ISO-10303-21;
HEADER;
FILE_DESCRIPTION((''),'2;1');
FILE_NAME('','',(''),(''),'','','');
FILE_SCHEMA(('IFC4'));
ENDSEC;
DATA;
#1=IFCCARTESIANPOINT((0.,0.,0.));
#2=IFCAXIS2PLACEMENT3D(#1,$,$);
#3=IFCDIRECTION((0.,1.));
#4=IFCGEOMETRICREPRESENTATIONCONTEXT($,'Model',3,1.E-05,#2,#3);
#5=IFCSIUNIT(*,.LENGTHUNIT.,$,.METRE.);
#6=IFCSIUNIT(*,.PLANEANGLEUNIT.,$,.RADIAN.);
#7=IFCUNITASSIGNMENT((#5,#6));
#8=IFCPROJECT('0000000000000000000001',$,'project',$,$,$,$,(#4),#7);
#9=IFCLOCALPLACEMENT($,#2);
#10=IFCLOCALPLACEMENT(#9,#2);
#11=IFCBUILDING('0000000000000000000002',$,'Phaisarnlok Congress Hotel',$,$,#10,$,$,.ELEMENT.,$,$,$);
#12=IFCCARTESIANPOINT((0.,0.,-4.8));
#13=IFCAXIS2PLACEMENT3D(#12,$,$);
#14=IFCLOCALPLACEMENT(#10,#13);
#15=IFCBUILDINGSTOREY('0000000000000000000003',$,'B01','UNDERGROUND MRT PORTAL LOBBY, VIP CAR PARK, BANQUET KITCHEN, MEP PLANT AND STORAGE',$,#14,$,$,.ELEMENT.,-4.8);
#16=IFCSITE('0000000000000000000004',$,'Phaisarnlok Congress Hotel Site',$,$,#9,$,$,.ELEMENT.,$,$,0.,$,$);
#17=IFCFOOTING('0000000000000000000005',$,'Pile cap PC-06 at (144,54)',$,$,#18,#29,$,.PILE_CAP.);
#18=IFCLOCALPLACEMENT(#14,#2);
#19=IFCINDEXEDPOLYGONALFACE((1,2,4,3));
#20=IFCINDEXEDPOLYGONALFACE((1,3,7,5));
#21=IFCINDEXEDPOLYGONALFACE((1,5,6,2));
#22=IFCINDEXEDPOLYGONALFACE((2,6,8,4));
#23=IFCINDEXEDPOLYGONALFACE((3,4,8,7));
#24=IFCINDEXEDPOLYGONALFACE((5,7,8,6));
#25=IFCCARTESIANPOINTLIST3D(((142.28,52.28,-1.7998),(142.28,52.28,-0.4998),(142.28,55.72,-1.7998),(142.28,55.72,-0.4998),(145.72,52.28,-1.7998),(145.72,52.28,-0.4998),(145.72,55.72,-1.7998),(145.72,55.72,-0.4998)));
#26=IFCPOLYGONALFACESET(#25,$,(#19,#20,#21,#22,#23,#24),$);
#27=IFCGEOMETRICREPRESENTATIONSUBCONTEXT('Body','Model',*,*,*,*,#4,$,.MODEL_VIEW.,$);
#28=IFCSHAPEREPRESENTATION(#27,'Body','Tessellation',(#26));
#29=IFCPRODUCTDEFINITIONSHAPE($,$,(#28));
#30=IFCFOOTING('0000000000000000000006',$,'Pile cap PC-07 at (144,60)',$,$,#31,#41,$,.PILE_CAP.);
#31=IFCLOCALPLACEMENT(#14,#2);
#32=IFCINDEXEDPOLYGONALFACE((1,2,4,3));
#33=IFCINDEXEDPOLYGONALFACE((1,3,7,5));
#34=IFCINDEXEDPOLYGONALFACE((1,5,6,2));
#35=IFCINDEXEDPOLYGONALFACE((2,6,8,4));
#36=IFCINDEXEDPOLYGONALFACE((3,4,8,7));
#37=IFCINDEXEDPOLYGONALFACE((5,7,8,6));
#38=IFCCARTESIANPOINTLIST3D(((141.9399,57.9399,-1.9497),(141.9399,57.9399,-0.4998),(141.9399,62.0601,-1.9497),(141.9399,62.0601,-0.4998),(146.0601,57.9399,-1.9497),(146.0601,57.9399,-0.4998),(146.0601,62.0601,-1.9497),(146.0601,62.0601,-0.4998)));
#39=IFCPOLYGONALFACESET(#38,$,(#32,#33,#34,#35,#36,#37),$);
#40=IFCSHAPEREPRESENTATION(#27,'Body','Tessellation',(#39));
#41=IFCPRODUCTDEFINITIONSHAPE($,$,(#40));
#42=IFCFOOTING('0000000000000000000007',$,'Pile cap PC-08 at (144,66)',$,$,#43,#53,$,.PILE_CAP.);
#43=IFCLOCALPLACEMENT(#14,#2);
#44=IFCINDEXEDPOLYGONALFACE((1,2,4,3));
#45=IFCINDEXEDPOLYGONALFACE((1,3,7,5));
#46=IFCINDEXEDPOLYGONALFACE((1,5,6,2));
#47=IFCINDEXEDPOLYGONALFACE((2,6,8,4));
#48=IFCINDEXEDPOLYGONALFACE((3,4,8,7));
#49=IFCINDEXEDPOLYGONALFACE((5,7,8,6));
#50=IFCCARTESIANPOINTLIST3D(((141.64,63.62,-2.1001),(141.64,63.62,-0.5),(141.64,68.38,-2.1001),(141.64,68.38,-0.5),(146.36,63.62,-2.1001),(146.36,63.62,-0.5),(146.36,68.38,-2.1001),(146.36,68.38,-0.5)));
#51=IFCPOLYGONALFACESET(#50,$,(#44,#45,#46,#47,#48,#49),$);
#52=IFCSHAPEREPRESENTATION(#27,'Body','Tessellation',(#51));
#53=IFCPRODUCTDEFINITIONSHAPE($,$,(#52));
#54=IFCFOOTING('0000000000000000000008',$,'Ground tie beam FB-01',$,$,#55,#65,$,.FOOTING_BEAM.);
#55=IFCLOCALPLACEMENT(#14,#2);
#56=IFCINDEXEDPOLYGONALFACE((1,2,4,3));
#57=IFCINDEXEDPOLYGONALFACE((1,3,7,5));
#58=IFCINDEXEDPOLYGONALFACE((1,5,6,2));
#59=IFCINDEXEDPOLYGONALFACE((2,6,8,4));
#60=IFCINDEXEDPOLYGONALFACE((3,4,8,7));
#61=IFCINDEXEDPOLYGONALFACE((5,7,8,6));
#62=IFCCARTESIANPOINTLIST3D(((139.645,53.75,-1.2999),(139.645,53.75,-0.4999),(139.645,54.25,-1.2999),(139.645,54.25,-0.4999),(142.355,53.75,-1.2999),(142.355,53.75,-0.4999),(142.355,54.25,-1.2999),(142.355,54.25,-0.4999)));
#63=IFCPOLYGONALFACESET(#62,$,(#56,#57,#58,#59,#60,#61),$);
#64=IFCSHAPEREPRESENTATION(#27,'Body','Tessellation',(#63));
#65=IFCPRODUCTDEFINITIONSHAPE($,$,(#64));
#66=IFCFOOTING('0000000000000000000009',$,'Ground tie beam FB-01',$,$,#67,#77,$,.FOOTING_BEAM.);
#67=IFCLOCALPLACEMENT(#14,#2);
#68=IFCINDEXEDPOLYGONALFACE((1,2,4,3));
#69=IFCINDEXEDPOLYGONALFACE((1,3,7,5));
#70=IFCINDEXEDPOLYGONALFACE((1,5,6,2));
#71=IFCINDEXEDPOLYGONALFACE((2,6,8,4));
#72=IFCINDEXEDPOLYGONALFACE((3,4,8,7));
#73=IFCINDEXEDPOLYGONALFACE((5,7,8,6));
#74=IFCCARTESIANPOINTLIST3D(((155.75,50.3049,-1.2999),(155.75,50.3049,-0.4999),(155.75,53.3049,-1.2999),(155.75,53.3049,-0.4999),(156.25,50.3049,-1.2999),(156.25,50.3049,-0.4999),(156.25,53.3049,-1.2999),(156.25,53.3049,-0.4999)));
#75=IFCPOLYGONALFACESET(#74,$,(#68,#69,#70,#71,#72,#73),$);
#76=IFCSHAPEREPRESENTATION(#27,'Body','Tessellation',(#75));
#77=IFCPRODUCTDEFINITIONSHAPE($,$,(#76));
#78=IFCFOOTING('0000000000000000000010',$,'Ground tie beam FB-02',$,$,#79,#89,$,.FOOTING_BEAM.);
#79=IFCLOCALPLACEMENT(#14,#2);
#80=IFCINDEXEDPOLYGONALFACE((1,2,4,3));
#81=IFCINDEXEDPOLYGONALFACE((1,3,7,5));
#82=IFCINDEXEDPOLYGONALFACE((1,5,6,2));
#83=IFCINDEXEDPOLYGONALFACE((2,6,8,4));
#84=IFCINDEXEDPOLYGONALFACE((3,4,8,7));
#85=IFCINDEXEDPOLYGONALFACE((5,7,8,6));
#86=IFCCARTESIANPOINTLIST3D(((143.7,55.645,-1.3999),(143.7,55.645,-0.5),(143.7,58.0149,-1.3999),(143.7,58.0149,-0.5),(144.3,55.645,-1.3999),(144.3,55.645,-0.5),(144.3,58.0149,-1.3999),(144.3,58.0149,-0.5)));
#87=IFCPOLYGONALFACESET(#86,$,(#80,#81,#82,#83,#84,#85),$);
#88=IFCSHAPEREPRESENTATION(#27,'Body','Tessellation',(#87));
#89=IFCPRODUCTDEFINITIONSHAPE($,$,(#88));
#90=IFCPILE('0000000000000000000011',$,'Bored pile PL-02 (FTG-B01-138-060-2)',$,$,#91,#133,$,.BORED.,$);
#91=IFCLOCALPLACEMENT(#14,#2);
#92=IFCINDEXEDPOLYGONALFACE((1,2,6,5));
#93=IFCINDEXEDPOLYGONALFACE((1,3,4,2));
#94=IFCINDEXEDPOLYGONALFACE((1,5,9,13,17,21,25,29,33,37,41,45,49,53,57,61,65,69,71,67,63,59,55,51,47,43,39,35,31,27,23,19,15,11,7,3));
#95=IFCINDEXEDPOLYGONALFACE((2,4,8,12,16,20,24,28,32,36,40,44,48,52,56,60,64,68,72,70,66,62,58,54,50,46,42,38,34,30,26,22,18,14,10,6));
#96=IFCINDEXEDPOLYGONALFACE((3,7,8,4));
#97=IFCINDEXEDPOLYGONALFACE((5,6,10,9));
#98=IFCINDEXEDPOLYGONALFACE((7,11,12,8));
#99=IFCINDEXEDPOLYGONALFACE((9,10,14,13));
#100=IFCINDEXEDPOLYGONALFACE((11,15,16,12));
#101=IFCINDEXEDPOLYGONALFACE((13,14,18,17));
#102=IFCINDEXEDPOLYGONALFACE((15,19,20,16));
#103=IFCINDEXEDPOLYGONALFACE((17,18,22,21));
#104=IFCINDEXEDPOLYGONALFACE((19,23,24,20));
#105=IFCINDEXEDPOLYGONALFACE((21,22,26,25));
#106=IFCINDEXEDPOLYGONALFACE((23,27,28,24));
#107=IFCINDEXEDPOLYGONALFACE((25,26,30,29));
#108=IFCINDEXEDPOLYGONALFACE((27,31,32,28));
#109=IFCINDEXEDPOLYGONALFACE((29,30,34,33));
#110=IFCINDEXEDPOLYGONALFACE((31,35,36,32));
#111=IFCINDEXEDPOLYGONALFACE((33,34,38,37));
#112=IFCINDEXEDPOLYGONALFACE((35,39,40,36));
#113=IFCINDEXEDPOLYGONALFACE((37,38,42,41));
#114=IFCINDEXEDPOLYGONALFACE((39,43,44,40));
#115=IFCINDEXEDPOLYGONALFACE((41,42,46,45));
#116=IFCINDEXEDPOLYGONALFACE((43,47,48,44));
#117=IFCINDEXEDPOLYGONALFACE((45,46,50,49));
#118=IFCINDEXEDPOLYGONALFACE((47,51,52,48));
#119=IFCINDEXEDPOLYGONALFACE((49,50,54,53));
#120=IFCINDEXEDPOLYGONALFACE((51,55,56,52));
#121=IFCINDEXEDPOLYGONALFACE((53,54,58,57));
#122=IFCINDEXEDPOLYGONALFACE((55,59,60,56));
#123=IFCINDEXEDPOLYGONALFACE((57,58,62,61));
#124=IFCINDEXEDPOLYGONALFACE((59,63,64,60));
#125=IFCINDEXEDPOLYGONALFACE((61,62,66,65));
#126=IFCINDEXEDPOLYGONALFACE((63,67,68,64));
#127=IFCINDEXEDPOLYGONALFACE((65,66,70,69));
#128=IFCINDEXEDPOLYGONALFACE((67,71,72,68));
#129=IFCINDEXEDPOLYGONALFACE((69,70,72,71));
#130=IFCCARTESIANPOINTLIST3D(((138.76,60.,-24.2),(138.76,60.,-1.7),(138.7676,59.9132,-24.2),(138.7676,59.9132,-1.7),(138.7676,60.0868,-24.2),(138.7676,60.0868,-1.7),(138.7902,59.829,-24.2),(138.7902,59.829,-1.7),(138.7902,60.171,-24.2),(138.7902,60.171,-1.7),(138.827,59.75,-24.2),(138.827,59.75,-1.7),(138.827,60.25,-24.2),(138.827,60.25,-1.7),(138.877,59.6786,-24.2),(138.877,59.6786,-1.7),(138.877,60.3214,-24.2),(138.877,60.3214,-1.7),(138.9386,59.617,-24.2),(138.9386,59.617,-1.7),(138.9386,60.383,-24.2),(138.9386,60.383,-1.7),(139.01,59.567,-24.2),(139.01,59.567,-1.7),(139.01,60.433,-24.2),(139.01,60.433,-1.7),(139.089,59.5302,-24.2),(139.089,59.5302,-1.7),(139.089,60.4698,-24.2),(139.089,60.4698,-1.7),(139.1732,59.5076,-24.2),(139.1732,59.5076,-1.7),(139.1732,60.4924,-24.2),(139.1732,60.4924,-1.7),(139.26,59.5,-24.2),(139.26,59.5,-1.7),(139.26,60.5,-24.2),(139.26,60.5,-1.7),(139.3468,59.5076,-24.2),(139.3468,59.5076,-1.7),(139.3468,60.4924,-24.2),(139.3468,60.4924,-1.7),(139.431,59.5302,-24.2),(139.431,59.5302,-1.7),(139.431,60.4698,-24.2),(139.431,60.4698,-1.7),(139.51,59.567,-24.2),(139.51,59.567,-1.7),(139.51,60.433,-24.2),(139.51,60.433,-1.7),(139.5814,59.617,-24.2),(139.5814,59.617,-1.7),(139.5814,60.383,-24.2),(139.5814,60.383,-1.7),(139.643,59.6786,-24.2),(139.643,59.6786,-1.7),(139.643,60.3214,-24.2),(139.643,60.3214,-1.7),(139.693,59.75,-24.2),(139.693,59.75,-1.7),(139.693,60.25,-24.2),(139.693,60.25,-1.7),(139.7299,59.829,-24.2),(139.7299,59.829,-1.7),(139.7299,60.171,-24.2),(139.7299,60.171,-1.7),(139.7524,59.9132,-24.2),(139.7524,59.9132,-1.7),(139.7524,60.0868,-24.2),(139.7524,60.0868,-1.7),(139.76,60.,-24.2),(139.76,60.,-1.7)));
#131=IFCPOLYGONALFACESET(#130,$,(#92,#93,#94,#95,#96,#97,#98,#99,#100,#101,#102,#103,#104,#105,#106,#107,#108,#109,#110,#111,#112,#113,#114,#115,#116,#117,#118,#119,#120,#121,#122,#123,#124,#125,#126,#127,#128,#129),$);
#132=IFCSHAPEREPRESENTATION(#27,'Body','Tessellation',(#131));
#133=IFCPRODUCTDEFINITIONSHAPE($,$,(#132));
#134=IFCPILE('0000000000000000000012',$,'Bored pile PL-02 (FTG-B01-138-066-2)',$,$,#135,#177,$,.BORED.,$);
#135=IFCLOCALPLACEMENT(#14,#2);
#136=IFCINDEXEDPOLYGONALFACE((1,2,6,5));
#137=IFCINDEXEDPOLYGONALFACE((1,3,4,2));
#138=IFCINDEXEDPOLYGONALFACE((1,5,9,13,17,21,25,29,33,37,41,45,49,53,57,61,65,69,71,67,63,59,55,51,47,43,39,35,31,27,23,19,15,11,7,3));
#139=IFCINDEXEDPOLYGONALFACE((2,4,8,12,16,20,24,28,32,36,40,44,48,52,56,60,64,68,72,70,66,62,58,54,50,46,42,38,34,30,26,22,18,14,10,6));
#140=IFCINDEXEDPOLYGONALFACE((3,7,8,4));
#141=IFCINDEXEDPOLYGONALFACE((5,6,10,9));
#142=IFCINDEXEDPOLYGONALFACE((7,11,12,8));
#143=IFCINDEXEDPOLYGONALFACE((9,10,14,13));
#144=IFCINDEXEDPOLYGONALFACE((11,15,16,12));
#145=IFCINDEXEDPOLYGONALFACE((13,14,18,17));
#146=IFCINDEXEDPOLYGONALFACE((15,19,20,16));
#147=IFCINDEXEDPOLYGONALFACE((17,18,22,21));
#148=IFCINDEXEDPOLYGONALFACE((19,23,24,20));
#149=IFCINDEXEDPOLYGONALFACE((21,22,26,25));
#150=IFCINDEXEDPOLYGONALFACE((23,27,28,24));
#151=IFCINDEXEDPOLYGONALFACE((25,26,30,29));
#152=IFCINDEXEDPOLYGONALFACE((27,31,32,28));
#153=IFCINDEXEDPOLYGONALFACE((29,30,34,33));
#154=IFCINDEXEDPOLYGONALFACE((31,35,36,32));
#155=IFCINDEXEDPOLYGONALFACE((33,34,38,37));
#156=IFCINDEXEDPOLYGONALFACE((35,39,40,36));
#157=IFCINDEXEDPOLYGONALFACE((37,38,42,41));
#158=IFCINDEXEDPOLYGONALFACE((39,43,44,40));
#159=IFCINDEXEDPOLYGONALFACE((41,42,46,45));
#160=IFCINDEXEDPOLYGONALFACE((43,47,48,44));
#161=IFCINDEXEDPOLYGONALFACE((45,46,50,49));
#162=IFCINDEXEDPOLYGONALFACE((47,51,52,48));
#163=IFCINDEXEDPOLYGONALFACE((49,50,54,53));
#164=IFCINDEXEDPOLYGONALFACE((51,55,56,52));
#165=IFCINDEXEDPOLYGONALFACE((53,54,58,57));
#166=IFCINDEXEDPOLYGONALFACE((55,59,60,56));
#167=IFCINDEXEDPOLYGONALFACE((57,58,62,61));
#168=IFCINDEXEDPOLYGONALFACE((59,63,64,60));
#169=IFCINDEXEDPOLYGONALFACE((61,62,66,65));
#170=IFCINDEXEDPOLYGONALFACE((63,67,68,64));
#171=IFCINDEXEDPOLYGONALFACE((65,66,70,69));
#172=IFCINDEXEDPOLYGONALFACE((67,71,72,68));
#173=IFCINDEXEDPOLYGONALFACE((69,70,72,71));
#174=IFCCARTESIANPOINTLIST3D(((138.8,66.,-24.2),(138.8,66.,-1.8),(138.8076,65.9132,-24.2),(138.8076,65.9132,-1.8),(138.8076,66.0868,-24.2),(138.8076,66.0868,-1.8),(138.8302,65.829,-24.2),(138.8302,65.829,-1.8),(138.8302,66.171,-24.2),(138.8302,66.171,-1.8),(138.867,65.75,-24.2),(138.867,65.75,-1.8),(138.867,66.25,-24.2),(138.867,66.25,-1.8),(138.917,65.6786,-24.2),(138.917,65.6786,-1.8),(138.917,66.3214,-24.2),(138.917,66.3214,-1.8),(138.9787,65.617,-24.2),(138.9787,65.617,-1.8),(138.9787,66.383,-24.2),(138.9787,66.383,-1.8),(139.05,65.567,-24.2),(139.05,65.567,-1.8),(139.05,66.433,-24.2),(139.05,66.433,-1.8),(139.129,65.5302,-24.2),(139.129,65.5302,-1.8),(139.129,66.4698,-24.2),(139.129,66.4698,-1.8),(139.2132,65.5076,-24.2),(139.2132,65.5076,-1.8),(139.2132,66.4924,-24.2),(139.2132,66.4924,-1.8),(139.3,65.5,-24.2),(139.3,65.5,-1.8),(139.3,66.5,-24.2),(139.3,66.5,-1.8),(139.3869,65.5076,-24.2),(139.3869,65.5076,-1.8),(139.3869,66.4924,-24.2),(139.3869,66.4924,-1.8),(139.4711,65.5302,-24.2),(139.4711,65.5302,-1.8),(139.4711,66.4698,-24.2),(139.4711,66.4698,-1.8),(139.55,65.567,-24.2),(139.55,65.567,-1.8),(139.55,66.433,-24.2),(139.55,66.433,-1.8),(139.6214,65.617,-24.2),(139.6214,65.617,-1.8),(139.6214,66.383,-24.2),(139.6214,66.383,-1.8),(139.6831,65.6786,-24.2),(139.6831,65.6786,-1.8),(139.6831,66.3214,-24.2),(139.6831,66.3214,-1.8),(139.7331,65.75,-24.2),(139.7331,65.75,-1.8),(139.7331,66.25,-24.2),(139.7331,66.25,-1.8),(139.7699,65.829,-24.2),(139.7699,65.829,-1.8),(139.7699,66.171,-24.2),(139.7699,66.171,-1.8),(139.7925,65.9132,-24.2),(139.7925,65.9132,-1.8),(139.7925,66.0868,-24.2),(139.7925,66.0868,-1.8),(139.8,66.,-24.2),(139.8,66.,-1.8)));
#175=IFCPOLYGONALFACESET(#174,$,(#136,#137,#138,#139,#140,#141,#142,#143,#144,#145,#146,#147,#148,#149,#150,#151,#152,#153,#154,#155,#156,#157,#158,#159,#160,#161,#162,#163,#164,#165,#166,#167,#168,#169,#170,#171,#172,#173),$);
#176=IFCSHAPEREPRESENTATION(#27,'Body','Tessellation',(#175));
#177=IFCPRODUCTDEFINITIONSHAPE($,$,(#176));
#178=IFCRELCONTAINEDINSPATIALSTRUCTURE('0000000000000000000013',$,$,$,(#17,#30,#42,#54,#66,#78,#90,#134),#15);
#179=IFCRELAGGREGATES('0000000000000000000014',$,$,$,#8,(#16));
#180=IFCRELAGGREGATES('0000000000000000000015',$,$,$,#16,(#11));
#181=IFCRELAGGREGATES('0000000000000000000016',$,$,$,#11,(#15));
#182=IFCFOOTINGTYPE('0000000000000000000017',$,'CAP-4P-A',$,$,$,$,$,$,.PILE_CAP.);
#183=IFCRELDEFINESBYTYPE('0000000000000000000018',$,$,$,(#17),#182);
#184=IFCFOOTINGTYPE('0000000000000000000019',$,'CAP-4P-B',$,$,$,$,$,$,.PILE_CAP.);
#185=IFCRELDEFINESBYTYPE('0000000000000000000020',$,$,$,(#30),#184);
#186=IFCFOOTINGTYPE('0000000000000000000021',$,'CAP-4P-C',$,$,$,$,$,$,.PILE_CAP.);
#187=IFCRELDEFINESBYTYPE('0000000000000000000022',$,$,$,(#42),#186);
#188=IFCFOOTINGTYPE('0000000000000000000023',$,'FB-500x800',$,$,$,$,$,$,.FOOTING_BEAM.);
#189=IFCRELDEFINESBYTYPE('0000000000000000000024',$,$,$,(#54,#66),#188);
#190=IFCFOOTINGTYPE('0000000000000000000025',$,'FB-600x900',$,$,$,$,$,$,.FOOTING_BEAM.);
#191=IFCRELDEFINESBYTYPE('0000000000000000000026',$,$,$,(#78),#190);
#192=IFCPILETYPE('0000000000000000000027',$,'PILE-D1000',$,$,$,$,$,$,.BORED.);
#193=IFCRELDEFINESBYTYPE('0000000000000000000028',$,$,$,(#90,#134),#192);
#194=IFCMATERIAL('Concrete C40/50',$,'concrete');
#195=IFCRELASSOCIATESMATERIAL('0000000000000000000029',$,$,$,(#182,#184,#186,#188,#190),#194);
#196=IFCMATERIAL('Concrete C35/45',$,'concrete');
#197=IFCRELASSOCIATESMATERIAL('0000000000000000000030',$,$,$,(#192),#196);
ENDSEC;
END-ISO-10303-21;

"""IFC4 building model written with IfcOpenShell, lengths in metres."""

from ifc_helpers import new_model, si_unit, direction, frame, origin, origin_2d, place, context, subcontext, project, spatial, rectangle, circle, extrude, material, material_profile, profile_set, type_object, element, save


model = new_model("IFC4")

# Units and contexts
model_context = context("Model", 3, precision=1e-05, world=origin(), true_north=direction((0.0, 1.0)))
body_context = subcontext(model_context, "Body", "Model", "MODEL_VIEW")
ifc_project = project(units=[si_unit("LENGTHUNIT", "METRE"), si_unit("PLANEANGLEUNIT", "RADIAN")], contexts=[model_context])

# Site, building, storey
site_placement = place(None, origin())
site = spatial("IfcSite", under=ifc_project, at=site_placement, Name="Phaisarnlok Congress Hotel Site", CompositionType="ELEMENT", RefElevation=0.0)
building_placement = place(site_placement, origin())
building = spatial("IfcBuilding", under=site, at=building_placement, Name="Phaisarnlok Congress Hotel", CompositionType="ELEMENT")
storey_placement = place(building_placement, frame((0.0, 0.0, -4.8)))
storey = spatial("IfcBuildingStorey", under=building, at=storey_placement, Name="B01", Description="UNDERGROUND MRT PORTAL LOBBY, VIP CAR PARK, BANQUET KITCHEN, MEP PLANT AND STORAGE", CompositionType="ELEMENT", Elevation=-4.8)

# Footings
ifc_material_1 = material(Name="Concrete C40/50", Category="concrete")
footing_type_1 = type_object("IfcFootingType", Name="CAP-4P-A", PredefinedType="PILE_CAP", material=ifc_material_1)
footing_1_placement = place(storey_placement, frame((144.0, 54.0, -1.7998), z_axis=(0.0, 0.0, 1.0), x_axis=(1.0, 0.0, 0.0)))
element("IfcFooting", 1, at=footing_1_placement, inside=storey, type_object=footing_type_1, Name="Pile cap PC-06 at (144,54)", PredefinedType="PILE_CAP", context=body_context, shape_type="SweptSolid", body=[
    extrude(rectangle(XDim=3.4399, YDim=3.4399, at=origin_2d()), origin(), (0.0, 0.0, 1.0), 1.3),
])
footing_type_2 = type_object("IfcFootingType", Name="CAP-4P-B", PredefinedType="PILE_CAP", material=ifc_material_1)
footing_2_placement = place(storey_placement, frame((144.0, 60.0, -1.9497), z_axis=(0.0, 0.0, 1.0), x_axis=(1.0, 0.0, 0.0)))
element("IfcFooting", 2, at=footing_2_placement, inside=storey, type_object=footing_type_2, Name="Pile cap PC-07 at (144,60)", PredefinedType="PILE_CAP", context=body_context, shape_type="SweptSolid", body=[
    extrude(rectangle(XDim=4.1201, YDim=4.1201, at=origin_2d()), origin(), (0.0, 0.0, 1.0), 1.45),
])
footing_type_3 = type_object("IfcFootingType", Name="CAP-4P-C", PredefinedType="PILE_CAP", material=ifc_material_1)
footing_3_placement = place(storey_placement, frame((144.0, 66.0, -2.1001), z_axis=(0.0, 0.0, 1.0), x_axis=(1.0, 0.0, 0.0)))
element("IfcFooting", 3, at=footing_3_placement, inside=storey, type_object=footing_type_3, Name="Pile cap PC-08 at (144,66)", PredefinedType="PILE_CAP", context=body_context, shape_type="SweptSolid", body=[
    extrude(rectangle(XDim=4.72, YDim=4.76, at=origin_2d()), origin(), (0.0, 0.0, 1.0), 1.6001),
])
ifc_material_profile_1 = material_profile(ifc_material_1, rectangle(XDim=0.5, YDim=0.8, at=origin_2d()), Name="FB-500x800")
ifc_profile_set_1 = profile_set([ifc_material_profile_1], Name="Concrete C40/50")
footing_type_4 = type_object("IfcFootingType", Name="FB-500x800", PredefinedType="FOOTING_BEAM", material=ifc_profile_set_1)
footing_4_placement = place(storey_placement, frame((139.645, 54.0, -0.8999), z_axis=(1.0, 0.0, 0.0), x_axis=(0.0, 1.0, 0.0)))
element("IfcFooting", 4, at=footing_4_placement, inside=storey, type_object=footing_type_4, Name="Ground tie beam FB-01", PredefinedType="FOOTING_BEAM", context=body_context, shape_type="SweptSolid", body=[
    extrude(rectangle(XDim=0.5, YDim=0.8, at=origin_2d()), origin(), (0.0, 0.0, 1.0), 2.71),
])
footing_5_placement = place(storey_placement, frame((156.0, 50.3049, -0.8999), z_axis=(0.0, 1.0, 0.0), x_axis=(-1.0, 0.0, 0.0)))
element("IfcFooting", 5, at=footing_5_placement, inside=storey, type_object=footing_type_4, Name="Ground tie beam FB-01", PredefinedType="FOOTING_BEAM", context=body_context, shape_type="SweptSolid", body=[
    extrude(rectangle(XDim=0.5, YDim=0.8, at=origin_2d()), origin(), (0.0, 0.0, 1.0), 3.0),
])
ifc_material_profile_2 = material_profile(ifc_material_1, rectangle(XDim=0.6001, YDim=0.8999, at=origin_2d()), Name="FB-600x900")
ifc_profile_set_2 = profile_set([ifc_material_profile_2], Name="Concrete C40/50")
footing_type_5 = type_object("IfcFootingType", Name="FB-600x900", PredefinedType="FOOTING_BEAM", material=ifc_profile_set_2)
footing_6_placement = place(storey_placement, frame((144.0, 55.645, -0.95), z_axis=(0.0, 1.0, 0.0), x_axis=(-1.0, 0.0, 0.0)))
element("IfcFooting", 6, at=footing_6_placement, inside=storey, type_object=footing_type_5, Name="Ground tie beam FB-02", PredefinedType="FOOTING_BEAM", context=body_context, shape_type="SweptSolid", body=[
    extrude(rectangle(XDim=0.6001, YDim=0.8999, at=origin_2d()), origin(), (0.0, 0.0, 1.0), 2.3699),
])

# Piles
ifc_material_2 = material(Name="Concrete C35/45", Category="concrete")
ifc_material_profile_3 = material_profile(ifc_material_2, circle(Radius=0.5, at=origin_2d()), Name="BORED PILE D1000")
ifc_profile_set_3 = profile_set([ifc_material_profile_3], Name="Concrete C35/45")
pile_type_1 = type_object("IfcPileType", Name="PILE-D1000", PredefinedType="BORED", material=ifc_profile_set_3)
pile_1_placement = place(storey_placement, frame((139.26, 60.0, -1.7), z_axis=(0.0, 0.0, -1.0), x_axis=(1.0, 0.0, 0.0)))
element("IfcPile", 7, at=pile_1_placement, inside=storey, type_object=pile_type_1, Name="Bored pile PL-02 (FTG-B01-138-060-2)", PredefinedType="BORED", context=body_context, shape_type="SweptSolid", body=[
    extrude(circle(Radius=0.5, at=origin_2d()), origin(), (0.0, 0.0, 1.0), 22.5),
])
pile_2_placement = place(storey_placement, frame((139.3, 66.0, -1.8), z_axis=(0.0, 0.0, -1.0), x_axis=(1.0, 0.0, 0.0)))
element("IfcPile", 8, at=pile_2_placement, inside=storey, type_object=pile_type_1, Name="Bored pile PL-02 (FTG-B01-138-066-2)", PredefinedType="BORED", context=body_context, shape_type="SweptSolid", body=[
    extrude(circle(Radius=0.5, at=origin_2d()), origin(), (0.0, 0.0, 1.0), 22.3999),
])

save(model, "model.ifc")
